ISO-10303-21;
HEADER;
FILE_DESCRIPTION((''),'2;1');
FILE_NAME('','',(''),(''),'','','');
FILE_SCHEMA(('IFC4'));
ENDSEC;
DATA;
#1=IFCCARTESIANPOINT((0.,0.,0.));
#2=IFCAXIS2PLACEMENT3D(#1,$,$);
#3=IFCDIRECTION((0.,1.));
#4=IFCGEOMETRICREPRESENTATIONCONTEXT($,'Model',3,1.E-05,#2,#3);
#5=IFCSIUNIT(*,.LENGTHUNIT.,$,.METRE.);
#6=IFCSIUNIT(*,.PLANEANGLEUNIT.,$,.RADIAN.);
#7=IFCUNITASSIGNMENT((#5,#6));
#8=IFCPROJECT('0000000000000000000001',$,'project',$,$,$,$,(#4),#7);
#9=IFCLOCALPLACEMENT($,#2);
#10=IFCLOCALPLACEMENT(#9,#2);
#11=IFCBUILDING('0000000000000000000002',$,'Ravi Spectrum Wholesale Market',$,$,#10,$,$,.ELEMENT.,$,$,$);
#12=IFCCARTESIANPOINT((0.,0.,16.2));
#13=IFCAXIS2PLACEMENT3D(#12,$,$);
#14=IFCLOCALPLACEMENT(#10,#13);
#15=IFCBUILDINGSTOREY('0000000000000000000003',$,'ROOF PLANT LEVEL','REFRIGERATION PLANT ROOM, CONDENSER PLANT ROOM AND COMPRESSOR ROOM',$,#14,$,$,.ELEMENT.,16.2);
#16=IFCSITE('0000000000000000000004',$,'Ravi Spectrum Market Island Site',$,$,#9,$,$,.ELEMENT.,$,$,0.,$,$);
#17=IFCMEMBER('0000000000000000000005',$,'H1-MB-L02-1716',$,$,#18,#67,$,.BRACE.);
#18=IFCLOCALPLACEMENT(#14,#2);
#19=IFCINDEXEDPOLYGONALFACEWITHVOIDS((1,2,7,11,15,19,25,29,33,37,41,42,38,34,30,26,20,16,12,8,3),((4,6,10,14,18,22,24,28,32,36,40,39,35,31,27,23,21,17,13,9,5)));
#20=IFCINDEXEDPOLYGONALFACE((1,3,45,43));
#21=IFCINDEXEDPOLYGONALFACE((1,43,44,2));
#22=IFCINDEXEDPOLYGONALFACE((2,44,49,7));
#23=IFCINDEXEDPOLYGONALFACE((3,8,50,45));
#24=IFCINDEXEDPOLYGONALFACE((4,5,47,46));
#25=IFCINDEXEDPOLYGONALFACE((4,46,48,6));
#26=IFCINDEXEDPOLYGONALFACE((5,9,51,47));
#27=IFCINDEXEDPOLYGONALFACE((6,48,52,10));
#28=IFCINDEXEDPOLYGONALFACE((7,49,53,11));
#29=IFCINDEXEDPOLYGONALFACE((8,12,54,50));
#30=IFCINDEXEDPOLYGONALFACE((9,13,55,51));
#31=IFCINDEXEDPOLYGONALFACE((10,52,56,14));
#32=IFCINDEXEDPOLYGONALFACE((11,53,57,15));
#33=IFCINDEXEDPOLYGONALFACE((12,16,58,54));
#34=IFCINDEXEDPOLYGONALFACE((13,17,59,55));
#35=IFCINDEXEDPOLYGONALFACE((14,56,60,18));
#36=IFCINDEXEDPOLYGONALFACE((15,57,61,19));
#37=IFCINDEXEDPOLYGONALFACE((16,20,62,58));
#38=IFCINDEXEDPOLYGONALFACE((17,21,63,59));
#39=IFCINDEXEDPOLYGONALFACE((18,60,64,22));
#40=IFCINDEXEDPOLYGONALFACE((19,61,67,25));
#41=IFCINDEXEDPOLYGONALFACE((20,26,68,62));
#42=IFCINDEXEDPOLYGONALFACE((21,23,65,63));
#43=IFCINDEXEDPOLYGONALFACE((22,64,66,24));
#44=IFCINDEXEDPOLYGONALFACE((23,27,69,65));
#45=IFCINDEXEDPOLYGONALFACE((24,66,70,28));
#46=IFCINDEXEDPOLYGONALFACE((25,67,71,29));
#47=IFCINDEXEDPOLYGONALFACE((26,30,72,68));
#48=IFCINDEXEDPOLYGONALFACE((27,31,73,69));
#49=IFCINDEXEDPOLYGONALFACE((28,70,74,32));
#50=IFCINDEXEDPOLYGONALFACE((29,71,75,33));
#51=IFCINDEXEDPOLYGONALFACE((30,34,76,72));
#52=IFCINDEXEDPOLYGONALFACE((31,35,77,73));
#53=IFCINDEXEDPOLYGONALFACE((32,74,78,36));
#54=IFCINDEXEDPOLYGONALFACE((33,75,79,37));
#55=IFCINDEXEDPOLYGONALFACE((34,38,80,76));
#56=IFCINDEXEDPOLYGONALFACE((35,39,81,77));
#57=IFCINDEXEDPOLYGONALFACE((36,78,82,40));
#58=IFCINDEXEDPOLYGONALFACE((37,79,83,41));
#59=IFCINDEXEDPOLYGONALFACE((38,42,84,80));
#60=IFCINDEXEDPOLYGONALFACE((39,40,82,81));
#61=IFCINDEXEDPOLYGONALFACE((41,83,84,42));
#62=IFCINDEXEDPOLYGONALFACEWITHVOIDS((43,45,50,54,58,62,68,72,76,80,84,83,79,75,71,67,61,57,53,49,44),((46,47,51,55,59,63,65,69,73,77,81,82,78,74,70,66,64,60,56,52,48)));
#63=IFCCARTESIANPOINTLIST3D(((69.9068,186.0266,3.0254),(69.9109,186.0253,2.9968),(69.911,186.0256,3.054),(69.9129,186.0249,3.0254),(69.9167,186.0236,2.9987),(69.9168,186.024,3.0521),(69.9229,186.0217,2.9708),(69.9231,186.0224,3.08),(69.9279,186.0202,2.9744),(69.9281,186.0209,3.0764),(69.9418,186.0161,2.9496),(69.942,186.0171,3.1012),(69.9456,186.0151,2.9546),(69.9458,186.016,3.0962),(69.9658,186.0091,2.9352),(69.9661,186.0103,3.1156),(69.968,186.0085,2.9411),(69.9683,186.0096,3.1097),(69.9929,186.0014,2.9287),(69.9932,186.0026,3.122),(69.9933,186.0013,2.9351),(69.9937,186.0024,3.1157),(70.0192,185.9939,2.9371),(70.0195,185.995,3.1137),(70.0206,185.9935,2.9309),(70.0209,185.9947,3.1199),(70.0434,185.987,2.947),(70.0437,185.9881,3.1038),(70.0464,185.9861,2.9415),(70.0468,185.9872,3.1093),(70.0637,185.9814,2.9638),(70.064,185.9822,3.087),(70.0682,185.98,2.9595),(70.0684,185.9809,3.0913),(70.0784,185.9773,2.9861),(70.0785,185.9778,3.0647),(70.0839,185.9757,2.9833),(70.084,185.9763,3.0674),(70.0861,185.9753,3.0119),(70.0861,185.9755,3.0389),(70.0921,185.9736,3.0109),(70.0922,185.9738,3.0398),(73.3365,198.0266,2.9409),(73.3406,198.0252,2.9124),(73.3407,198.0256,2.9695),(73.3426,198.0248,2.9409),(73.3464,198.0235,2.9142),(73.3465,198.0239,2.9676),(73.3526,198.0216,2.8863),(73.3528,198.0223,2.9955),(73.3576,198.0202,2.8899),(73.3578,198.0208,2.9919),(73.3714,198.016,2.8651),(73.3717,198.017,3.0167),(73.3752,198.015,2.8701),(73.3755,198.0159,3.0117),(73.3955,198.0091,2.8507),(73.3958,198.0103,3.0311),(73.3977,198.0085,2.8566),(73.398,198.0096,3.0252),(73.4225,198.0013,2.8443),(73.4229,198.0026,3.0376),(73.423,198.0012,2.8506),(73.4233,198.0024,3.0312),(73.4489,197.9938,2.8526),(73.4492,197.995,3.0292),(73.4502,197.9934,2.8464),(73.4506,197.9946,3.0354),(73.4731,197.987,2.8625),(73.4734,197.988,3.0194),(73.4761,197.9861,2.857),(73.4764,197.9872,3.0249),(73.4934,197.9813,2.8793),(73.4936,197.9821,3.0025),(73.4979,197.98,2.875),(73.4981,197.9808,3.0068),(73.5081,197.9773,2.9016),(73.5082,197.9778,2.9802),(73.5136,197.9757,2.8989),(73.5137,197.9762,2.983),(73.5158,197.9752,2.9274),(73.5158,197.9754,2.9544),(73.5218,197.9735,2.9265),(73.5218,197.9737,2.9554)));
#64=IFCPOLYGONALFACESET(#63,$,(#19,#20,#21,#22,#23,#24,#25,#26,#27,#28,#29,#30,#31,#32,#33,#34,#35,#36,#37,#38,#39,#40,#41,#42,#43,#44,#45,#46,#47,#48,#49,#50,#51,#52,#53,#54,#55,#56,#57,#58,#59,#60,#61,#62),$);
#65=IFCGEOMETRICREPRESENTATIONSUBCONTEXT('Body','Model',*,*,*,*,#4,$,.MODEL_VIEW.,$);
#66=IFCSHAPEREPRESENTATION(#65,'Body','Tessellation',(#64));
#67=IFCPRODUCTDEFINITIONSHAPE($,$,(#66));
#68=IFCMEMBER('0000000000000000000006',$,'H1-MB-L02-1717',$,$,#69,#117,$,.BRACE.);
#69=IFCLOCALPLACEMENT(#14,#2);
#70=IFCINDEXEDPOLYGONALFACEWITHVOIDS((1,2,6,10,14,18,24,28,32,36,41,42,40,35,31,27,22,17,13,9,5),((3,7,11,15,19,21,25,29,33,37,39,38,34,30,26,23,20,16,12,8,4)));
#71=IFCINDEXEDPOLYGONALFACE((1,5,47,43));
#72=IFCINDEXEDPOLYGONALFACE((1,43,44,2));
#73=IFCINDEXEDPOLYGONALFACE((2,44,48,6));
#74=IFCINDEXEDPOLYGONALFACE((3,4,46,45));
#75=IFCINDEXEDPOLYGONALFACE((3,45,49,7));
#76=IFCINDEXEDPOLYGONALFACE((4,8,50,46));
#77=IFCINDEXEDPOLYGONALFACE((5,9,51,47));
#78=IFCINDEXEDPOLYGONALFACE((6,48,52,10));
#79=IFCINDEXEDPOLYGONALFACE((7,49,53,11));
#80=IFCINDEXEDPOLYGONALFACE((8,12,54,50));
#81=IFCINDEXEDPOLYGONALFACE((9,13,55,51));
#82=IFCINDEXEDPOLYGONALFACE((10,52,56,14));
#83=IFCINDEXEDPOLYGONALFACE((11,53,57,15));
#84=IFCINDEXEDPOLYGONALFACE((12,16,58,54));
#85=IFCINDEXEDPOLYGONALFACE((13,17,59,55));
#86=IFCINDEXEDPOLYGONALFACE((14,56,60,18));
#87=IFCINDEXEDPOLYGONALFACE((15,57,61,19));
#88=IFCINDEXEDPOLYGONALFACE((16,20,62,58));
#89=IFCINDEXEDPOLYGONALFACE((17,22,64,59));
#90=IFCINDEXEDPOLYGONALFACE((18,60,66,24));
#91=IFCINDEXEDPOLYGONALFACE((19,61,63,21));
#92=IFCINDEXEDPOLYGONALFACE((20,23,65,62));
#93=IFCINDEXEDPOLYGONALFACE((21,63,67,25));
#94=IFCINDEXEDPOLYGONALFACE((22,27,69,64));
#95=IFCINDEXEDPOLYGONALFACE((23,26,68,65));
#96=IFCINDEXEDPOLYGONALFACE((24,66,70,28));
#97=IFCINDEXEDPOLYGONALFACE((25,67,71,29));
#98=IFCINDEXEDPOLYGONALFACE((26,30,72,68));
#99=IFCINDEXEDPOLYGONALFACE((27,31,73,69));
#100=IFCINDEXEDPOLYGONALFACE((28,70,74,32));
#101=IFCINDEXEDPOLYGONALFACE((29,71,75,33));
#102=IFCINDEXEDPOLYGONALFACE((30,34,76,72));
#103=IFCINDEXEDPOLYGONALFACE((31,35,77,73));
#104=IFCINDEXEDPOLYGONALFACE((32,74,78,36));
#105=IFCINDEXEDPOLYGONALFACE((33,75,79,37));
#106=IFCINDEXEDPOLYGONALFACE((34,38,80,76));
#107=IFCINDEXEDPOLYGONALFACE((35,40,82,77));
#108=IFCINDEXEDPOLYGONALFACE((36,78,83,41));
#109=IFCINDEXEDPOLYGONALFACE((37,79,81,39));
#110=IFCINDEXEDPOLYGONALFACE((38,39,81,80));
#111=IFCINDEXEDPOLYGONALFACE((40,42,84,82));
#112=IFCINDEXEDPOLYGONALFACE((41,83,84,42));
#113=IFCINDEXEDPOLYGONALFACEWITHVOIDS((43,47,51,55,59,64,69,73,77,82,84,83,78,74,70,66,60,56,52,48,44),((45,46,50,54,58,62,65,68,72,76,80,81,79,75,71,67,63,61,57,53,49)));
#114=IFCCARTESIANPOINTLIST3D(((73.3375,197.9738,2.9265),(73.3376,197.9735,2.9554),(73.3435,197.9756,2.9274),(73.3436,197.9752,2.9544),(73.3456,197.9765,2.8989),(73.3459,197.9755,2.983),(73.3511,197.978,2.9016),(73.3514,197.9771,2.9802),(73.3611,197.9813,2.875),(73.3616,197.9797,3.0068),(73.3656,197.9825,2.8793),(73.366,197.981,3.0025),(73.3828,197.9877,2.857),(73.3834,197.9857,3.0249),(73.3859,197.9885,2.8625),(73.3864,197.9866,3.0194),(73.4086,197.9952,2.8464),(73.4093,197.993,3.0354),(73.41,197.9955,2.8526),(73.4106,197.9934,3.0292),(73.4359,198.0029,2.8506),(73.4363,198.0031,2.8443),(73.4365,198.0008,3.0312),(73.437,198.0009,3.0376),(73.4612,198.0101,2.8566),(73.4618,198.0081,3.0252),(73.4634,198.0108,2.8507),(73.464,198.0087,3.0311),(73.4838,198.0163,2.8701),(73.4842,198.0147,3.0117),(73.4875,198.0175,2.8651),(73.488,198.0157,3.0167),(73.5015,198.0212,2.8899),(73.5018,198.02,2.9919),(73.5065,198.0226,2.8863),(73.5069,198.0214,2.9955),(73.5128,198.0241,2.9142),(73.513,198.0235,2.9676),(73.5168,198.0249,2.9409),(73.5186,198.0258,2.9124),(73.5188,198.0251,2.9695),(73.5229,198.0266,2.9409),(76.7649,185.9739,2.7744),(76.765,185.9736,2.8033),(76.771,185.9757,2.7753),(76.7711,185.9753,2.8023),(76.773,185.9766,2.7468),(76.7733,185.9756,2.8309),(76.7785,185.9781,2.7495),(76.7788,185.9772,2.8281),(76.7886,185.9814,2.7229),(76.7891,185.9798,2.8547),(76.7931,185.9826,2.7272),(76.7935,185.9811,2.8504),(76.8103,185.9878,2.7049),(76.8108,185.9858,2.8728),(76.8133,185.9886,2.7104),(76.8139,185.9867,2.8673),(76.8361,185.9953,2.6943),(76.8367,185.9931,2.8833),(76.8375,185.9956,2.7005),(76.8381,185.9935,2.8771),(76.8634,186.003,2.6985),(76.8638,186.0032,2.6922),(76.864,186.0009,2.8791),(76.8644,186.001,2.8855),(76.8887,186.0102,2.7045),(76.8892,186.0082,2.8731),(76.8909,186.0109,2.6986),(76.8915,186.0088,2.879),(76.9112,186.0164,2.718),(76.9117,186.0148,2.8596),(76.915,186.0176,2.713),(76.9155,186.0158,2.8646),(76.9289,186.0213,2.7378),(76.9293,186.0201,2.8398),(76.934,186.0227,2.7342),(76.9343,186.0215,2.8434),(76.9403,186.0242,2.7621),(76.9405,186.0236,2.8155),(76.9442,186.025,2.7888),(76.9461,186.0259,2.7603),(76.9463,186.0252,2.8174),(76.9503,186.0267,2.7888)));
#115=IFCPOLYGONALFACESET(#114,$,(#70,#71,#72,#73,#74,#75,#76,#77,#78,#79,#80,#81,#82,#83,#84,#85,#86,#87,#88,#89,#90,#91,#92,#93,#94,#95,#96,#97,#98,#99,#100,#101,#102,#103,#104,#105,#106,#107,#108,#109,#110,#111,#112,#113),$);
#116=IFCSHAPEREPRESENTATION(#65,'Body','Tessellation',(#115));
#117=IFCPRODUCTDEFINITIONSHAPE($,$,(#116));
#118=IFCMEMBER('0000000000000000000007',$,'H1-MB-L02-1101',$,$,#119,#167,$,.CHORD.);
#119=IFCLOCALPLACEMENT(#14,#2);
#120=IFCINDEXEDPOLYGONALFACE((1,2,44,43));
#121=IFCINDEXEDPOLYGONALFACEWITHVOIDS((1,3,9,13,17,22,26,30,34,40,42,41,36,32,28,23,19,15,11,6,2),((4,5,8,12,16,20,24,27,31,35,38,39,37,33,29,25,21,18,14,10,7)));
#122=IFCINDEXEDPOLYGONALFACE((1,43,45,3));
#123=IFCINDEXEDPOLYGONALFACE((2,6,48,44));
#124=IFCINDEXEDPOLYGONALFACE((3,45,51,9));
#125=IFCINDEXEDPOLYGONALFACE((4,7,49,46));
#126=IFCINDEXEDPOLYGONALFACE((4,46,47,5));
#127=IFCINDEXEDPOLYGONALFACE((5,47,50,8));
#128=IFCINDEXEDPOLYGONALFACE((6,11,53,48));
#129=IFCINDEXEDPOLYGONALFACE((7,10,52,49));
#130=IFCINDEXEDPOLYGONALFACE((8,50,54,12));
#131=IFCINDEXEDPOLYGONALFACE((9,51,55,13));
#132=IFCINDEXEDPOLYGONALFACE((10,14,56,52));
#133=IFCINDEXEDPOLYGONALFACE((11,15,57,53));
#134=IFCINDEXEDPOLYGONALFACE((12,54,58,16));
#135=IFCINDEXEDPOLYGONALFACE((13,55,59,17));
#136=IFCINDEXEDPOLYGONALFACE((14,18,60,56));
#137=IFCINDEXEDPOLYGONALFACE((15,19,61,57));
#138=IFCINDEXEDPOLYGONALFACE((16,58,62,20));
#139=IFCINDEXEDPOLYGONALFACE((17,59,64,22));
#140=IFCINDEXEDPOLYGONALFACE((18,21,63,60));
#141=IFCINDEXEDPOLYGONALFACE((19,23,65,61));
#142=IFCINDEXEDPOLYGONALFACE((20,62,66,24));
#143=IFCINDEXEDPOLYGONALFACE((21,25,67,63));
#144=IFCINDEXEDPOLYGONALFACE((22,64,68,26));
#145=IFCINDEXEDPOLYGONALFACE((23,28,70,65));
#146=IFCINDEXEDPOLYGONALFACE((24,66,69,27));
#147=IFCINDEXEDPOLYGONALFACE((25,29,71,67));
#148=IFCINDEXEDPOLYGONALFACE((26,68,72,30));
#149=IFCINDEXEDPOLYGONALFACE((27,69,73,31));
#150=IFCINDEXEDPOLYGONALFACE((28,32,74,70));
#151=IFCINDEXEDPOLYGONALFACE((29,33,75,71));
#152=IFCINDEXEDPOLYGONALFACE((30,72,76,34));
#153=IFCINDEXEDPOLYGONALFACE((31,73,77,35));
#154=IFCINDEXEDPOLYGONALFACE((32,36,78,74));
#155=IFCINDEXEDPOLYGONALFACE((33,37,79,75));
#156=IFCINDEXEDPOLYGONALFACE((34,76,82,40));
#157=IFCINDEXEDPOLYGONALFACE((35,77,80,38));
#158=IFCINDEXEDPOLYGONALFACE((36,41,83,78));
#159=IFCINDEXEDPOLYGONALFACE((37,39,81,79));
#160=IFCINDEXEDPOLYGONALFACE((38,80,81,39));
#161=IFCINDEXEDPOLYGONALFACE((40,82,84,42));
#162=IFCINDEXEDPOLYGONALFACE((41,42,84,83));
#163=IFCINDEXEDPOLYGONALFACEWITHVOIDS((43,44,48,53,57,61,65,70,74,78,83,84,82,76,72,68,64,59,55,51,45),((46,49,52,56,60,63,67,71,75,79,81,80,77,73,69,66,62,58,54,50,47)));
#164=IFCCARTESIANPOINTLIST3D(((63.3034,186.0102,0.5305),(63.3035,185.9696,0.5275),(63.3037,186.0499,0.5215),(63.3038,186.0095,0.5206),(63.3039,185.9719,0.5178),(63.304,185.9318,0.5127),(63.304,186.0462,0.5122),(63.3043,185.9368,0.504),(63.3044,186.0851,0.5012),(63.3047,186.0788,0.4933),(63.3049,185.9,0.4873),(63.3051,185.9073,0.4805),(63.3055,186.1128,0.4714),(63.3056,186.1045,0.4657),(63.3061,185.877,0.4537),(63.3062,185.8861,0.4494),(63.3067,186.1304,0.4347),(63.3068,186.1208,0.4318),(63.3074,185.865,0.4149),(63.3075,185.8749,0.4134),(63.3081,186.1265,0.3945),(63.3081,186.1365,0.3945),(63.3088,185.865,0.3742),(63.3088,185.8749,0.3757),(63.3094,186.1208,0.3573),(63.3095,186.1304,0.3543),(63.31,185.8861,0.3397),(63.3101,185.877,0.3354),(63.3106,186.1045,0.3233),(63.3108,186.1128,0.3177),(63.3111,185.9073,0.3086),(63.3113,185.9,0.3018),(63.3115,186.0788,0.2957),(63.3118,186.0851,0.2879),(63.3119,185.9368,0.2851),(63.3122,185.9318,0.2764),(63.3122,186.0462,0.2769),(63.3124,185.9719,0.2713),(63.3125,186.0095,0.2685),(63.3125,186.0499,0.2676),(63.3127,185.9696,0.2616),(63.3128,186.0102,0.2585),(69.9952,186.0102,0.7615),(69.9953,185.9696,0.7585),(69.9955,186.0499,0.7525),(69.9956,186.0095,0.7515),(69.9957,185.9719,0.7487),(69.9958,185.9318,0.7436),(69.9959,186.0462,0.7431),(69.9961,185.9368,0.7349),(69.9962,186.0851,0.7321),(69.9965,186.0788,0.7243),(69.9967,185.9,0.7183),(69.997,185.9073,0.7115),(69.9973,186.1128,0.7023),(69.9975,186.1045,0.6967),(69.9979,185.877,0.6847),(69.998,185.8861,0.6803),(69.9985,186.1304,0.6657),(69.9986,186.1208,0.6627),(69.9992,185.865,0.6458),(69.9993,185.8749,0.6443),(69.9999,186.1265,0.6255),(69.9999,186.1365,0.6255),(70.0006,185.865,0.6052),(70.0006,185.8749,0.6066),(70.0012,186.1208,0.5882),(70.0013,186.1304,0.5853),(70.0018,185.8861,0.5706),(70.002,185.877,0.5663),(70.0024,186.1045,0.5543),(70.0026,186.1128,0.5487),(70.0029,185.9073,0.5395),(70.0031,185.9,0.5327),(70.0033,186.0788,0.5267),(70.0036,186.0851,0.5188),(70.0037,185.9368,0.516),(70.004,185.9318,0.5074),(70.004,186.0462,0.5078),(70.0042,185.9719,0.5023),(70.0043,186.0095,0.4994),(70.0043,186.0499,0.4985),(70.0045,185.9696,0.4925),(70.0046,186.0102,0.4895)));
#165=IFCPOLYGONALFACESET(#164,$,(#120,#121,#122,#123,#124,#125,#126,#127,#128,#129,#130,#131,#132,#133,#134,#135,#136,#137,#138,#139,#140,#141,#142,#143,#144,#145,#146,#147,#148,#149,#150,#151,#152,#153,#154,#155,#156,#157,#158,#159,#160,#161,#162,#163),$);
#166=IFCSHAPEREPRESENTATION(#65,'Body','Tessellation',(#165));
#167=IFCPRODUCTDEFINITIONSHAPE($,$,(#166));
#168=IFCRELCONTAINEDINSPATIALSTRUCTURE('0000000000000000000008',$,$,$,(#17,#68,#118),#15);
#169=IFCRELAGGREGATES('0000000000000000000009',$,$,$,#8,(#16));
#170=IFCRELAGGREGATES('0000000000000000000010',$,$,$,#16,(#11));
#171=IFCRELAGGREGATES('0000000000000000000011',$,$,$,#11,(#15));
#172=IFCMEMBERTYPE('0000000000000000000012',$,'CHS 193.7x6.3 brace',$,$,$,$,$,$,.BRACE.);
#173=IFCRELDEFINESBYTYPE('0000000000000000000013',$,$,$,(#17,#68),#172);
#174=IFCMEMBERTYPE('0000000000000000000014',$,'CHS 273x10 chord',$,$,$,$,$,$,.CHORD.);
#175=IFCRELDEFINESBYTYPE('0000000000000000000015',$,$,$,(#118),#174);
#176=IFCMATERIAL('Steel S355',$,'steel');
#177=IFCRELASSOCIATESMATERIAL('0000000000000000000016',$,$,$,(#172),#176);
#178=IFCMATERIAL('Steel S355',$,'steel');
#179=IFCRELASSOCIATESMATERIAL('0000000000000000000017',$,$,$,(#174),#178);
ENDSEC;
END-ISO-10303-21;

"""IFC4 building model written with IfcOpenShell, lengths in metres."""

from ifc_helpers import new_model, si_unit, direction, frame, origin, origin_2d, place, context, subcontext, project, spatial, hollow_circle, extrude, material, material_profile, profile_set, type_object, element, save


model = new_model("IFC4")

# Units and contexts
model_context = context("Model", 3, precision=1e-05, world=origin(), true_north=direction((0.0, 1.0)))
body_context = subcontext(model_context, "Body", "Model", "MODEL_VIEW")
ifc_project = project(units=[si_unit("LENGTHUNIT", "METRE"), si_unit("PLANEANGLEUNIT", "RADIAN")], contexts=[model_context])

# Site, building, storey
site_placement = place(None, origin())
site = spatial("IfcSite", under=ifc_project, at=site_placement, Name="Ravi Spectrum Market Island Site", CompositionType="ELEMENT", RefElevation=0.0)
building_placement = place(site_placement, origin())
building = spatial("IfcBuilding", under=site, at=building_placement, Name="Ravi Spectrum Wholesale Market", CompositionType="ELEMENT")
storey_placement = place(building_placement, frame((0.0, 0.0, 16.2)))
storey = spatial("IfcBuildingStorey", under=building, at=storey_placement, Name="ROOF PLANT LEVEL", Description="REFRIGERATION PLANT ROOM, CONDENSER PLANT ROOM AND COMPRESSOR ROOM", CompositionType="ELEMENT", Elevation=16.2)

# Members
ifc_material_1 = material(Name="Steel S355", Category="steel")
ifc_material_profile_1 = material_profile(ifc_material_1, hollow_circle(Radius=0.0969, WallThickness=0.0063, at=origin_2d()))
ifc_profile_set_1 = profile_set([ifc_material_profile_1], Name="Steel S355")
member_type_1 = type_object("IfcMemberType", Name="CHS 193.7x6.3 brace", PredefinedType="BRACE", material=ifc_profile_set_1)
for number, where, z_axis, x_axis, name in (
    (1, (70.0, 186.0, 3.0254), (0.274798, 0.961478, -0.006768), (-0.9615, 0.274804, 0.0), "H1-MB-L02-1716"),
    (2, (73.4297, 198.0, 2.9409), (0.274621, -0.961475, -0.012187), (0.961547, 0.274641, 0.0), "H1-MB-L02-1717"),
):
    element("IfcMember", number, at=place(storey_placement, frame(where, z_axis=z_axis, x_axis=x_axis)), inside=storey, type_object=member_type_1, Name=name, PredefinedType="BRACE", context=body_context, shape_type="SweptSolid", body=[
        extrude(hollow_circle(Radius=0.0969, WallThickness=0.0063, at=origin_2d()), origin(), (0.0, 0.0, 1.0), 12.4807),
    ])
ifc_material_2 = material(Name="Steel S355", Category="steel")
ifc_material_profile_2 = material_profile(ifc_material_2, hollow_circle(Radius=0.1365, WallThickness=0.01, at=origin_2d()))
ifc_profile_set_2 = profile_set([ifc_material_profile_2], Name="Steel S355")
member_type_2 = type_object("IfcMemberType", Name="CHS 273x10 chord", PredefinedType="CHORD", material=ifc_profile_set_2)
for number, where, z_axis, x_axis, name in (
    (3, (63.3081, 186.0, 0.3945), (0.999405, 0.0, 0.034492), (0.0, 1.0, 0.0), "H1-MB-L02-1101"),
):
    element("IfcMember", number, at=place(storey_placement, frame(where, z_axis=z_axis, x_axis=x_axis)), inside=storey, type_object=member_type_2, Name=name, PredefinedType="CHORD", context=body_context, shape_type="SweptSolid", body=[
        extrude(hollow_circle(Radius=0.1365, WallThickness=0.01, at=origin_2d()), origin(), (0.0, 0.0, 1.0), 6.6958),
    ])

save(model, "model.ifc")
